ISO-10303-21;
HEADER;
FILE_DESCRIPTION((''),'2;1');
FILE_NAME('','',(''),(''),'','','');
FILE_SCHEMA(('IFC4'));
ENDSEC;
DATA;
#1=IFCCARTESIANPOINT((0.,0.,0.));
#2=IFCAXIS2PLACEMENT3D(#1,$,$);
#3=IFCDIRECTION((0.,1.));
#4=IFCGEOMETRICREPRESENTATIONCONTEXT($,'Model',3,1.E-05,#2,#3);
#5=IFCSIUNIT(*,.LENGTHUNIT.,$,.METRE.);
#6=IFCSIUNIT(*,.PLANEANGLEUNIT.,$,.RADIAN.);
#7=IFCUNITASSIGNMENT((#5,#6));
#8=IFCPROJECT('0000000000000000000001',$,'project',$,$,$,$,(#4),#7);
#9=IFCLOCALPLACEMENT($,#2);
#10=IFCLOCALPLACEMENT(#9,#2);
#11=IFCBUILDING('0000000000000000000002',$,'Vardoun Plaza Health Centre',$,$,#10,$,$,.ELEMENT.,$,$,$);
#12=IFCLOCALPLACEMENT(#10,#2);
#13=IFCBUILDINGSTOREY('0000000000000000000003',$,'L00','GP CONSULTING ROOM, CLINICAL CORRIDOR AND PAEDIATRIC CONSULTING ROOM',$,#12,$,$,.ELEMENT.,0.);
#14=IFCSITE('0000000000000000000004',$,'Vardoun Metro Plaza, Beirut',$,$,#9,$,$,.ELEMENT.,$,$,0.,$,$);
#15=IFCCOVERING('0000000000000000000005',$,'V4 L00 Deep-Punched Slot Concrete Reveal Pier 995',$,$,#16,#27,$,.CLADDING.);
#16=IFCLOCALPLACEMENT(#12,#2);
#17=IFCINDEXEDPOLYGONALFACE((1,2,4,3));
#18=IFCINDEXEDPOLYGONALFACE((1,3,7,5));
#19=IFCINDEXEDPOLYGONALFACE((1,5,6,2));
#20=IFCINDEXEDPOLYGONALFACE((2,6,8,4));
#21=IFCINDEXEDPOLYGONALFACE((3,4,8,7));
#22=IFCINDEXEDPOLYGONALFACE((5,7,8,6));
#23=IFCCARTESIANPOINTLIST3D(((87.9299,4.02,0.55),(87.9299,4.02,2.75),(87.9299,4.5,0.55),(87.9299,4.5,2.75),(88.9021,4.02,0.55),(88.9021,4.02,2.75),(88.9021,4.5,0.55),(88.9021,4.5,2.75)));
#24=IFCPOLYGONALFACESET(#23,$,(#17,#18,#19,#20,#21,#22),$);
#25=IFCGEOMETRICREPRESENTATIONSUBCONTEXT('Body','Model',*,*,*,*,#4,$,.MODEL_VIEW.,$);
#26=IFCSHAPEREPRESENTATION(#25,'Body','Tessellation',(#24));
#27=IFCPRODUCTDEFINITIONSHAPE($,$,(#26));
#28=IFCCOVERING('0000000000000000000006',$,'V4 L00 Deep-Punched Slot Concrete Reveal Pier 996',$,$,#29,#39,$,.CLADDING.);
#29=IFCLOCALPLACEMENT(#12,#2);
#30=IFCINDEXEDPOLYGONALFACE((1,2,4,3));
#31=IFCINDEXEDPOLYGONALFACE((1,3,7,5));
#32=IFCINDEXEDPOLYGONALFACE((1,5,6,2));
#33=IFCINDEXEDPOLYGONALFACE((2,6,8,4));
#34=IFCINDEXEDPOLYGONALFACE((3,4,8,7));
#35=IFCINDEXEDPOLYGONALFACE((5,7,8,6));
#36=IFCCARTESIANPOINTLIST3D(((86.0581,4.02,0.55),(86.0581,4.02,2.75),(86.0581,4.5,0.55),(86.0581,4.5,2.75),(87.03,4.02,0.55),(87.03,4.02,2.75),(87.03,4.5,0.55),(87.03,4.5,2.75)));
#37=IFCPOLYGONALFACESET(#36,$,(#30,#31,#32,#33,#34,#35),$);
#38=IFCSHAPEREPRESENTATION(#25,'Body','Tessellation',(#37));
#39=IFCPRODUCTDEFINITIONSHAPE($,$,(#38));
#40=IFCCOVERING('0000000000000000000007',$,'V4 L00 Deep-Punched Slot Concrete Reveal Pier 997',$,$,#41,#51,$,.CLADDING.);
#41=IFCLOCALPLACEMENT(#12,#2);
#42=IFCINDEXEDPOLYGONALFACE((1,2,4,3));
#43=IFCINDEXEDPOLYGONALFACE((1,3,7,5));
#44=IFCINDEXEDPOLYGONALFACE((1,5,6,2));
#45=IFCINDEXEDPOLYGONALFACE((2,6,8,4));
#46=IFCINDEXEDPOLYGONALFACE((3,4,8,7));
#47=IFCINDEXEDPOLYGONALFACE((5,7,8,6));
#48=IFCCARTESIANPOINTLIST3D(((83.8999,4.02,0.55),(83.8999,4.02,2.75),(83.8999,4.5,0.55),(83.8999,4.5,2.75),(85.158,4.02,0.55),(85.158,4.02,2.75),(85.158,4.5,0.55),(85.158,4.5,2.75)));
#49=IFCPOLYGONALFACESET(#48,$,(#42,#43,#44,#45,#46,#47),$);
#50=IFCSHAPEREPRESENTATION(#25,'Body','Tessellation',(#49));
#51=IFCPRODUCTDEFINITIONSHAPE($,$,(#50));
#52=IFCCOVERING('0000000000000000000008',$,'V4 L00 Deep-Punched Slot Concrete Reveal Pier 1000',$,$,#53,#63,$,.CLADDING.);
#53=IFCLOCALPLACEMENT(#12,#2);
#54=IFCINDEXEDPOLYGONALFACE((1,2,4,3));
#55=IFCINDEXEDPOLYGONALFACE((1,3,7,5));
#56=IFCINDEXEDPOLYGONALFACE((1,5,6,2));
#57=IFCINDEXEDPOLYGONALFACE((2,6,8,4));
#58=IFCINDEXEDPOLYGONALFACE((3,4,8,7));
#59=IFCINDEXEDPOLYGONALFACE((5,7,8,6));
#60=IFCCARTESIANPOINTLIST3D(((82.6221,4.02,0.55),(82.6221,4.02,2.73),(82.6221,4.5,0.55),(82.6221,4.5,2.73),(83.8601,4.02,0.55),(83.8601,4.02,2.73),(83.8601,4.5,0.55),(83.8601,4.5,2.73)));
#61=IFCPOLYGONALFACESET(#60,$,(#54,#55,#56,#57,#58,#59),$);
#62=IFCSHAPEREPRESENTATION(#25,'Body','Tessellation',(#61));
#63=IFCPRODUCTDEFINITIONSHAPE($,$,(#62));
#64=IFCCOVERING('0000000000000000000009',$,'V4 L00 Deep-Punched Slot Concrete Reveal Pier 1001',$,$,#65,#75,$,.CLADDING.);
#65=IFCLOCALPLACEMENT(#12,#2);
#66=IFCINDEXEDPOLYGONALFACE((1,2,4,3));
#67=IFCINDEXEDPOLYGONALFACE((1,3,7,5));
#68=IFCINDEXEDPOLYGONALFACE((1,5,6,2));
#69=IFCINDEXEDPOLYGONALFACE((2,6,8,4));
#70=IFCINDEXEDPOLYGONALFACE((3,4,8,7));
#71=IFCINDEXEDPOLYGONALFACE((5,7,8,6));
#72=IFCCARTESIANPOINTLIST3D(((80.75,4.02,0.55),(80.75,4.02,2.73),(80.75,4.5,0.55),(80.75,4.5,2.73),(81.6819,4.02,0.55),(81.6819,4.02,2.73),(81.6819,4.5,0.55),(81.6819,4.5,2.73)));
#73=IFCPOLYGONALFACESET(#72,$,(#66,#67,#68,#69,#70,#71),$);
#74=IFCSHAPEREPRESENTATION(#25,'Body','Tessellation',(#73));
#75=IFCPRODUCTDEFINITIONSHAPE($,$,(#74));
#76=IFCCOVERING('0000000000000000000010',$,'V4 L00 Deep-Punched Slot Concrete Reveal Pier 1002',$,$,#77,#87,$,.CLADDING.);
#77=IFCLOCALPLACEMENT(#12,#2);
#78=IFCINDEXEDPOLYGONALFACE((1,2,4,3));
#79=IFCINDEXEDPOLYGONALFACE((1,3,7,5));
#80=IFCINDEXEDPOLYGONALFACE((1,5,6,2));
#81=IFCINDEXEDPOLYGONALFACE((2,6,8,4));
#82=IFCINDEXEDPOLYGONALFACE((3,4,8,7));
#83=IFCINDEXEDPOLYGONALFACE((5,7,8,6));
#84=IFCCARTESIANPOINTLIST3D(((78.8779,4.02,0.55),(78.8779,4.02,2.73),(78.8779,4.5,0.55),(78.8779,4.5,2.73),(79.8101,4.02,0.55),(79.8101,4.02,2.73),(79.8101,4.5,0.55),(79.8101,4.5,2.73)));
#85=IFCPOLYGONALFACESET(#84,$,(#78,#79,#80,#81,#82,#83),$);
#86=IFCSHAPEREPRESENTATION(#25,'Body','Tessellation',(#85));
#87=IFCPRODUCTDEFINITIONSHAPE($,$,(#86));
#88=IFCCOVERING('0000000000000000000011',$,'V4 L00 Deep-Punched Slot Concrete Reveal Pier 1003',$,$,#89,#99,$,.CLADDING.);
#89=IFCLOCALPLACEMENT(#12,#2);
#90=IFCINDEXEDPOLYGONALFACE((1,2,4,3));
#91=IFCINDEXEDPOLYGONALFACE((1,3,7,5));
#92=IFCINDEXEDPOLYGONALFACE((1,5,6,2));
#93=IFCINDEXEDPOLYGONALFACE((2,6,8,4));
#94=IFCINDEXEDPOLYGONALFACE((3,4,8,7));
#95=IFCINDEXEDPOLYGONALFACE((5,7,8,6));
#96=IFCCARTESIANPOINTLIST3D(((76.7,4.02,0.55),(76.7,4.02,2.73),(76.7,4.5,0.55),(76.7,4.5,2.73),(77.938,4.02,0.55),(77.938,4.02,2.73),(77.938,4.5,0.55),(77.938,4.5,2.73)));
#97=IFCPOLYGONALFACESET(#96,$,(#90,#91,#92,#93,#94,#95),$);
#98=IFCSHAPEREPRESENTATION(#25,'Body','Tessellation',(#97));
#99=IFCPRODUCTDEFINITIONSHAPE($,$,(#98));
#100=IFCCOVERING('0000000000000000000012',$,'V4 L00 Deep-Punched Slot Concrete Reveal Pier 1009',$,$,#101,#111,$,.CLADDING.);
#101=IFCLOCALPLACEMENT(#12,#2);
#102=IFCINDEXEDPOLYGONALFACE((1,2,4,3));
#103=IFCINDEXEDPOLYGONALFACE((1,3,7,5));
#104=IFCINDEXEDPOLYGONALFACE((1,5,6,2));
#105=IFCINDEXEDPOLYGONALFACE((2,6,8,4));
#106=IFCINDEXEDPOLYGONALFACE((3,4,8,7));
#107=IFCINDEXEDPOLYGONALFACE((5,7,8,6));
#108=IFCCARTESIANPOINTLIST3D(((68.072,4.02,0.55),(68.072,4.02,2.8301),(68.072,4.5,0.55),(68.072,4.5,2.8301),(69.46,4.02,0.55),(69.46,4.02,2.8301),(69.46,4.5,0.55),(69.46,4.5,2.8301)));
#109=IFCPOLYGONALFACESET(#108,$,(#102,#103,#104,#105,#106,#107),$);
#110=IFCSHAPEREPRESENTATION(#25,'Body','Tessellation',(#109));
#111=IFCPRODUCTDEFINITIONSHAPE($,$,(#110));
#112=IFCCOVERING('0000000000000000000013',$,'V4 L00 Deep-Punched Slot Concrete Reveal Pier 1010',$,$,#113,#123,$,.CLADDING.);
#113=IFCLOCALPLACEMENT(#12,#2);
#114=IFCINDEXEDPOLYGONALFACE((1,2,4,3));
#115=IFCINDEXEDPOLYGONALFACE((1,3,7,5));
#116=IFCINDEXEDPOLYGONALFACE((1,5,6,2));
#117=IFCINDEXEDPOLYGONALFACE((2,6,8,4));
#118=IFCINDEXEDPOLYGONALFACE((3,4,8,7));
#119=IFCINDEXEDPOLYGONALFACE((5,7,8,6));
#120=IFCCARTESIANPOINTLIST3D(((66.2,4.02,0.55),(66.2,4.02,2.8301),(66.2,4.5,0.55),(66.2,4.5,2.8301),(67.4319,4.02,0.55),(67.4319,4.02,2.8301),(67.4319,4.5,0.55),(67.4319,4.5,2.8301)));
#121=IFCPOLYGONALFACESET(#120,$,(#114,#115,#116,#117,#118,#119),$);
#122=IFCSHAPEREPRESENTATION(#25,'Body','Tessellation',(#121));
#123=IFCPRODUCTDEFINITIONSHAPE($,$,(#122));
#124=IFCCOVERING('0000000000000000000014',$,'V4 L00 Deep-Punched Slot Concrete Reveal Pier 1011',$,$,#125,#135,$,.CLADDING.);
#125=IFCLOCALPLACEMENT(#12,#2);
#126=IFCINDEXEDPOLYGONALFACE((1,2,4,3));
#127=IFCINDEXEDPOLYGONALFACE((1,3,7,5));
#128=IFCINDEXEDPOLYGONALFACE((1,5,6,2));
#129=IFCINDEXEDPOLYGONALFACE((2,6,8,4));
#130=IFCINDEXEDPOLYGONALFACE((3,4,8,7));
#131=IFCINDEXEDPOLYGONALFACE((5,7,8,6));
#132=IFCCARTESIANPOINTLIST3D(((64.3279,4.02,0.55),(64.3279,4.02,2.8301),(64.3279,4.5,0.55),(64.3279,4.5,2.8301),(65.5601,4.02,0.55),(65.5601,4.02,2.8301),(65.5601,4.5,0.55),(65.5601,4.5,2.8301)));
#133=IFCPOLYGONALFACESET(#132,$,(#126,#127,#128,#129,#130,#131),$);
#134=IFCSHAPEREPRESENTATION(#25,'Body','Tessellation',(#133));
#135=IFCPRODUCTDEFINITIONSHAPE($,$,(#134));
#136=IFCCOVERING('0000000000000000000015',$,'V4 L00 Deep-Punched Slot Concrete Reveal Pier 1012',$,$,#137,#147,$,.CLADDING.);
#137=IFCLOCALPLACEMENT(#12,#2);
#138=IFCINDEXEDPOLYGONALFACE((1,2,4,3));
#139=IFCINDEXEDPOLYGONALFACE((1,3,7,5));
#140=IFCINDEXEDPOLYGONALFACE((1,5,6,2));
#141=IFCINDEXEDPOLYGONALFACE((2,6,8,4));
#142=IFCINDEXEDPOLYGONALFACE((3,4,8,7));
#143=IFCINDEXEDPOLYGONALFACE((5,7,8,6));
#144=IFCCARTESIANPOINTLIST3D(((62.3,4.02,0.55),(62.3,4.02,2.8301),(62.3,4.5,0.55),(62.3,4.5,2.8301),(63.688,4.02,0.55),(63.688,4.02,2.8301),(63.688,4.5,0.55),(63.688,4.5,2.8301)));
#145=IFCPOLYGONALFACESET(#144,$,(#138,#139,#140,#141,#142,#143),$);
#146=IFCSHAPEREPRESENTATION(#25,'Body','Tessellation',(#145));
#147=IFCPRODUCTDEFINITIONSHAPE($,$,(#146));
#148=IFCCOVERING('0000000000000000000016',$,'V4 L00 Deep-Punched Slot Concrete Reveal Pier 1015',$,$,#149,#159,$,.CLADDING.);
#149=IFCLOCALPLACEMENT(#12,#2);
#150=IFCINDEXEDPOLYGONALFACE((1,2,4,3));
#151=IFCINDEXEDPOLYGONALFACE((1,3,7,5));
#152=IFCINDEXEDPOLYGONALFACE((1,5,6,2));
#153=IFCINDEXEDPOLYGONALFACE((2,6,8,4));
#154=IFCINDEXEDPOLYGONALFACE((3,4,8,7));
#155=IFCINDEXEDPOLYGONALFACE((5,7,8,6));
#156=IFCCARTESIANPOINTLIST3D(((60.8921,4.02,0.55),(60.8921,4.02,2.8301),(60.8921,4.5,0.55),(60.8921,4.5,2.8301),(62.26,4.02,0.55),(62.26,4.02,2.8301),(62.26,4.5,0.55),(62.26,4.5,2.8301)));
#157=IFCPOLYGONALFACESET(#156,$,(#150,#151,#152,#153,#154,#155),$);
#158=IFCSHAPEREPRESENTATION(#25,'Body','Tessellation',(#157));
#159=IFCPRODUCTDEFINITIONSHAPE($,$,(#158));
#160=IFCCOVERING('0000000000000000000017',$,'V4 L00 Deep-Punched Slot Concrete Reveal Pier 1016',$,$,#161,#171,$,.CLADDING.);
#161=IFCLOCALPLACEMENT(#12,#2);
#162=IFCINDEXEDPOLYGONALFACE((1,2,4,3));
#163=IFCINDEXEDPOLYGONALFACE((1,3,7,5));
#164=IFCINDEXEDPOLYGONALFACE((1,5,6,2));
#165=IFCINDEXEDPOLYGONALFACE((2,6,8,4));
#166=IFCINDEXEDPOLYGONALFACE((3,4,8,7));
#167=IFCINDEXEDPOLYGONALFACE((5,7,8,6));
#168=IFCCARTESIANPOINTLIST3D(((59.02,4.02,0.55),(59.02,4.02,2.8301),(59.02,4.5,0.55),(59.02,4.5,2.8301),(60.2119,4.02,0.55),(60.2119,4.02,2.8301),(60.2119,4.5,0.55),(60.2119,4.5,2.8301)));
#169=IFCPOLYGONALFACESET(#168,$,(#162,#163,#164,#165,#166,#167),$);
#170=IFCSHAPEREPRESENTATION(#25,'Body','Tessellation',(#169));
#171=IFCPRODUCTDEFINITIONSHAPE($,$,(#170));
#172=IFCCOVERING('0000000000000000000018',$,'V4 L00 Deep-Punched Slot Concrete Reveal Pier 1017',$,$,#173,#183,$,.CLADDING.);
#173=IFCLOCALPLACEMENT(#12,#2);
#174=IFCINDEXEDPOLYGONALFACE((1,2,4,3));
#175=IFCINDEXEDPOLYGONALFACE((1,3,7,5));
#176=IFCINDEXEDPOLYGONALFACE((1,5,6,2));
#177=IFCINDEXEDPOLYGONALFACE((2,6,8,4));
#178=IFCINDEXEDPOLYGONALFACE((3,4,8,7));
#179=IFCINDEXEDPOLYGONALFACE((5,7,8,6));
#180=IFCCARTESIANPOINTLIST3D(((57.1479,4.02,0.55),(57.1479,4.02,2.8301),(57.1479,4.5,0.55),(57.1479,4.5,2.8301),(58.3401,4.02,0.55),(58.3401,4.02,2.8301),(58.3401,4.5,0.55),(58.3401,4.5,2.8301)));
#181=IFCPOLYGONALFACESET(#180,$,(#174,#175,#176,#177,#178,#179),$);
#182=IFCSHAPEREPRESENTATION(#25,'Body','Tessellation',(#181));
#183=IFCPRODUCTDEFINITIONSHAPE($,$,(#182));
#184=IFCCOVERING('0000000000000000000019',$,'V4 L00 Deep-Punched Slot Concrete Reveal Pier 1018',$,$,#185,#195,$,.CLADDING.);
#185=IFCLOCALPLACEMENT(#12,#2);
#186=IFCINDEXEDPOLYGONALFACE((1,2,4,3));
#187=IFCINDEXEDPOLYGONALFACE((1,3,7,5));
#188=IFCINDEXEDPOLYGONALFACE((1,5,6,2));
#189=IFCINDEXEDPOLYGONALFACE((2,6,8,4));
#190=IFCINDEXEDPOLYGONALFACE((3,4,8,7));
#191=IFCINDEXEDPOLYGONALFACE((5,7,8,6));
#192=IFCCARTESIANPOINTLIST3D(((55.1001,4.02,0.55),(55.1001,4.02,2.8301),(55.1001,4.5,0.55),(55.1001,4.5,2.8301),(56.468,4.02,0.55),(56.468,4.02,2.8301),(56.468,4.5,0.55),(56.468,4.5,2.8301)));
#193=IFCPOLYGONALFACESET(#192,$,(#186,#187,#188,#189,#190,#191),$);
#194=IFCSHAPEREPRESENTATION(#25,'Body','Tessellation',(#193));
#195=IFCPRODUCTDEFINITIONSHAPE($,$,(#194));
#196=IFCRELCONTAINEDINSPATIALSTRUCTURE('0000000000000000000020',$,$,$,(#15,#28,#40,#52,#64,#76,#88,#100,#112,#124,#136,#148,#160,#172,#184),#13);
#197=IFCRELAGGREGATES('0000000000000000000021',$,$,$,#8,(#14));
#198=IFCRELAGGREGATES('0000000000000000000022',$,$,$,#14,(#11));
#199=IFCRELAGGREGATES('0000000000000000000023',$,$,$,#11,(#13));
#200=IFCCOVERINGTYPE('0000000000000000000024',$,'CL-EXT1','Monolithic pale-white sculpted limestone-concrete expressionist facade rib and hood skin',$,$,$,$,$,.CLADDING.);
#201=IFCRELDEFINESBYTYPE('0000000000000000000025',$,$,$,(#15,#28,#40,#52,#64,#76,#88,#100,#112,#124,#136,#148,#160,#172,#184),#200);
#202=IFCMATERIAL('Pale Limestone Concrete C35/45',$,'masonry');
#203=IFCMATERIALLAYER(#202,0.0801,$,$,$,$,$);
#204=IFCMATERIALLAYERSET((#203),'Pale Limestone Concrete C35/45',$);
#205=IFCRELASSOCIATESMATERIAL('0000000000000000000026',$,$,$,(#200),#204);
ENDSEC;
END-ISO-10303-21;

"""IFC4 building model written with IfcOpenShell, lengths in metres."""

from ifc_helpers import new_model, si_unit, direction, frame, origin, place, context, subcontext, project, spatial, polyline, outline, extrude, material, layer, layer_set, type_object, element, save


model = new_model("IFC4")

# Units and contexts
model_context = context("Model", 3, precision=1e-05, world=origin(), true_north=direction((0.0, 1.0)))
body_context = subcontext(model_context, "Body", "Model", "MODEL_VIEW")
ifc_project = project(units=[si_unit("LENGTHUNIT", "METRE"), si_unit("PLANEANGLEUNIT", "RADIAN")], contexts=[model_context])

# Site, building, storey
site_placement = place(None, origin())
site = spatial("IfcSite", under=ifc_project, at=site_placement, Name="Vardoun Metro Plaza, Beirut", CompositionType="ELEMENT", RefElevation=0.0)
building_placement = place(site_placement, origin())
building = spatial("IfcBuilding", under=site, at=building_placement, Name="Vardoun Plaza Health Centre", CompositionType="ELEMENT")
storey_placement = place(building_placement, origin())
storey = spatial("IfcBuildingStorey", under=building, at=storey_placement, Name="L00", Description="GP CONSULTING ROOM, CLINICAL CORRIDOR AND PAEDIATRIC CONSULTING ROOM", CompositionType="ELEMENT", Elevation=0.0)

# Coverings
ifc_material = material(Name="Pale Limestone Concrete C35/45", Category="masonry")
ifc_layer = layer(ifc_material, 0.0801)
ifc_layer_set = layer_set([ifc_layer], Name="Pale Limestone Concrete C35/45")
covering_type = type_object("IfcCoveringType", Name="CL-EXT1", Description="Monolithic pale-white sculpted limestone-concrete expressionist facade rib and hood skin", PredefinedType="CLADDING", material=ifc_layer_set)
covering_1_placement = place(storey_placement, frame((0.0, 0.0, 0.55)))
element("IfcCovering", 1, at=covering_1_placement, inside=storey, type_object=covering_type, Name="V4 L00 Deep-Punched Slot Concrete Reveal Pier 995", PredefinedType="CLADDING", context=body_context, shape_type="SweptSolid", body=[
    extrude(outline(polyline([(88.9021, 4.5), (87.9299, 4.5), (87.9299, 4.02), (88.9021, 4.02), (88.9021, 4.5)])), origin(), (0.0, 0.0, 1.0), 2.2),
])
covering_2_placement = place(storey_placement, frame((0.0, 0.0, 0.55)))
element("IfcCovering", 2, at=covering_2_placement, inside=storey, type_object=covering_type, Name="V4 L00 Deep-Punched Slot Concrete Reveal Pier 996", PredefinedType="CLADDING", context=body_context, shape_type="SweptSolid", body=[
    extrude(outline(polyline([(87.03, 4.5), (86.0581, 4.5), (86.0581, 4.02), (87.03, 4.02), (87.03, 4.5)])), origin(), (0.0, 0.0, 1.0), 2.2),
])
covering_3_placement = place(storey_placement, frame((0.0, 0.0, 0.55)))
element("IfcCovering", 3, at=covering_3_placement, inside=storey, type_object=covering_type, Name="V4 L00 Deep-Punched Slot Concrete Reveal Pier 997", PredefinedType="CLADDING", context=body_context, shape_type="SweptSolid", body=[
    extrude(outline(polyline([(85.158, 4.5), (83.8999, 4.5), (83.8999, 4.02), (85.158, 4.02), (85.158, 4.5)])), origin(), (0.0, 0.0, 1.0), 2.2),
])
covering_4_placement = place(storey_placement, frame((0.0, 0.0, 0.55)))
element("IfcCovering", 4, at=covering_4_placement, inside=storey, type_object=covering_type, Name="V4 L00 Deep-Punched Slot Concrete Reveal Pier 1000", PredefinedType="CLADDING", context=body_context, shape_type="SweptSolid", body=[
    extrude(outline(polyline([(83.8601, 4.5), (82.6221, 4.5), (82.6221, 4.02), (83.8601, 4.02), (83.8601, 4.5)])), origin(), (0.0, 0.0, 1.0), 2.1799),
])
covering_5_placement = place(storey_placement, frame((0.0, 0.0, 0.55)))
element("IfcCovering", 5, at=covering_5_placement, inside=storey, type_object=covering_type, Name="V4 L00 Deep-Punched Slot Concrete Reveal Pier 1001", PredefinedType="CLADDING", context=body_context, shape_type="SweptSolid", body=[
    extrude(outline(polyline([(81.6819, 4.5), (80.75, 4.5), (80.75, 4.02), (81.6819, 4.02), (81.6819, 4.5)])), origin(), (0.0, 0.0, 1.0), 2.1799),
])
covering_6_placement = place(storey_placement, frame((0.0, 0.0, 0.55)))
element("IfcCovering", 6, at=covering_6_placement, inside=storey, type_object=covering_type, Name="V4 L00 Deep-Punched Slot Concrete Reveal Pier 1002", PredefinedType="CLADDING", context=body_context, shape_type="SweptSolid", body=[
    extrude(outline(polyline([(79.8101, 4.5), (78.8779, 4.5), (78.8779, 4.02), (79.8101, 4.02), (79.8101, 4.5)])), origin(), (0.0, 0.0, 1.0), 2.1799),
])
covering_7_placement = place(storey_placement, frame((0.0, 0.0, 0.55)))
element("IfcCovering", 7, at=covering_7_placement, inside=storey, type_object=covering_type, Name="V4 L00 Deep-Punched Slot Concrete Reveal Pier 1003", PredefinedType="CLADDING", context=body_context, shape_type="SweptSolid", body=[
    extrude(outline(polyline([(77.938, 4.5), (76.7, 4.5), (76.7, 4.02), (77.938, 4.02), (77.938, 4.5)])), origin(), (0.0, 0.0, 1.0), 2.1799),
])
covering_8_placement = place(storey_placement, frame((0.0, 0.0, 0.55)))
element("IfcCovering", 8, at=covering_8_placement, inside=storey, type_object=covering_type, Name="V4 L00 Deep-Punched Slot Concrete Reveal Pier 1009", PredefinedType="CLADDING", context=body_context, shape_type="SweptSolid", body=[
    extrude(outline(polyline([(69.46, 4.5), (68.072, 4.5), (68.072, 4.02), (69.46, 4.02), (69.46, 4.5)])), origin(), (0.0, 0.0, 1.0), 2.28),
])
covering_9_placement = place(storey_placement, frame((0.0, 0.0, 0.55)))
element("IfcCovering", 9, at=covering_9_placement, inside=storey, type_object=covering_type, Name="V4 L00 Deep-Punched Slot Concrete Reveal Pier 1010", PredefinedType="CLADDING", context=body_context, shape_type="SweptSolid", body=[
    extrude(outline(polyline([(67.4319, 4.5), (66.2, 4.5), (66.2, 4.02), (67.4319, 4.02), (67.4319, 4.5)])), origin(), (0.0, 0.0, 1.0), 2.28),
])
covering_10_placement = place(storey_placement, frame((0.0, 0.0, 0.55)))
element("IfcCovering", 10, at=covering_10_placement, inside=storey, type_object=covering_type, Name="V4 L00 Deep-Punched Slot Concrete Reveal Pier 1011", PredefinedType="CLADDING", context=body_context, shape_type="SweptSolid", body=[
    extrude(outline(polyline([(65.5601, 4.5), (64.3279, 4.5), (64.3279, 4.02), (65.5601, 4.02), (65.5601, 4.5)])), origin(), (0.0, 0.0, 1.0), 2.28),
])
covering_11_placement = place(storey_placement, frame((0.0, 0.0, 0.55)))
element("IfcCovering", 11, at=covering_11_placement, inside=storey, type_object=covering_type, Name="V4 L00 Deep-Punched Slot Concrete Reveal Pier 1012", PredefinedType="CLADDING", context=body_context, shape_type="SweptSolid", body=[
    extrude(outline(polyline([(63.688, 4.5), (62.3, 4.5), (62.3, 4.02), (63.688, 4.02), (63.688, 4.5)])), origin(), (0.0, 0.0, 1.0), 2.28),
])
covering_12_placement = place(storey_placement, frame((0.0, 0.0, 0.55)))
element("IfcCovering", 12, at=covering_12_placement, inside=storey, type_object=covering_type, Name="V4 L00 Deep-Punched Slot Concrete Reveal Pier 1015", PredefinedType="CLADDING", context=body_context, shape_type="SweptSolid", body=[
    extrude(outline(polyline([(62.26, 4.5), (60.8921, 4.5), (60.8921, 4.02), (62.26, 4.02), (62.26, 4.5)])), origin(), (0.0, 0.0, 1.0), 2.28),
])
covering_13_placement = place(storey_placement, frame((0.0, 0.0, 0.55)))
element("IfcCovering", 13, at=covering_13_placement, inside=storey, type_object=covering_type, Name="V4 L00 Deep-Punched Slot Concrete Reveal Pier 1016", PredefinedType="CLADDING", context=body_context, shape_type="SweptSolid", body=[
    extrude(outline(polyline([(60.2119, 4.5), (59.02, 4.5), (59.02, 4.02), (60.2119, 4.02), (60.2119, 4.5)])), origin(), (0.0, 0.0, 1.0), 2.28),
])
covering_14_placement = place(storey_placement, frame((0.0, 0.0, 0.55)))
element("IfcCovering", 14, at=covering_14_placement, inside=storey, type_object=covering_type, Name="V4 L00 Deep-Punched Slot Concrete Reveal Pier 1017", PredefinedType="CLADDING", context=body_context, shape_type="SweptSolid", body=[
    extrude(outline(polyline([(58.3401, 4.5), (57.1479, 4.5), (57.1479, 4.02), (58.3401, 4.02), (58.3401, 4.5)])), origin(), (0.0, 0.0, 1.0), 2.28),
])
covering_15_placement = place(storey_placement, frame((0.0, 0.0, 0.55)))
element("IfcCovering", 15, at=covering_15_placement, inside=storey, type_object=covering_type, Name="V4 L00 Deep-Punched Slot Concrete Reveal Pier 1018", PredefinedType="CLADDING", context=body_context, shape_type="SweptSolid", body=[
    extrude(outline(polyline([(56.468, 4.5), (55.1001, 4.5), (55.1001, 4.02), (56.468, 4.02), (56.468, 4.5)])), origin(), (0.0, 0.0, 1.0), 2.28),
])

save(model, "model.ifc")
